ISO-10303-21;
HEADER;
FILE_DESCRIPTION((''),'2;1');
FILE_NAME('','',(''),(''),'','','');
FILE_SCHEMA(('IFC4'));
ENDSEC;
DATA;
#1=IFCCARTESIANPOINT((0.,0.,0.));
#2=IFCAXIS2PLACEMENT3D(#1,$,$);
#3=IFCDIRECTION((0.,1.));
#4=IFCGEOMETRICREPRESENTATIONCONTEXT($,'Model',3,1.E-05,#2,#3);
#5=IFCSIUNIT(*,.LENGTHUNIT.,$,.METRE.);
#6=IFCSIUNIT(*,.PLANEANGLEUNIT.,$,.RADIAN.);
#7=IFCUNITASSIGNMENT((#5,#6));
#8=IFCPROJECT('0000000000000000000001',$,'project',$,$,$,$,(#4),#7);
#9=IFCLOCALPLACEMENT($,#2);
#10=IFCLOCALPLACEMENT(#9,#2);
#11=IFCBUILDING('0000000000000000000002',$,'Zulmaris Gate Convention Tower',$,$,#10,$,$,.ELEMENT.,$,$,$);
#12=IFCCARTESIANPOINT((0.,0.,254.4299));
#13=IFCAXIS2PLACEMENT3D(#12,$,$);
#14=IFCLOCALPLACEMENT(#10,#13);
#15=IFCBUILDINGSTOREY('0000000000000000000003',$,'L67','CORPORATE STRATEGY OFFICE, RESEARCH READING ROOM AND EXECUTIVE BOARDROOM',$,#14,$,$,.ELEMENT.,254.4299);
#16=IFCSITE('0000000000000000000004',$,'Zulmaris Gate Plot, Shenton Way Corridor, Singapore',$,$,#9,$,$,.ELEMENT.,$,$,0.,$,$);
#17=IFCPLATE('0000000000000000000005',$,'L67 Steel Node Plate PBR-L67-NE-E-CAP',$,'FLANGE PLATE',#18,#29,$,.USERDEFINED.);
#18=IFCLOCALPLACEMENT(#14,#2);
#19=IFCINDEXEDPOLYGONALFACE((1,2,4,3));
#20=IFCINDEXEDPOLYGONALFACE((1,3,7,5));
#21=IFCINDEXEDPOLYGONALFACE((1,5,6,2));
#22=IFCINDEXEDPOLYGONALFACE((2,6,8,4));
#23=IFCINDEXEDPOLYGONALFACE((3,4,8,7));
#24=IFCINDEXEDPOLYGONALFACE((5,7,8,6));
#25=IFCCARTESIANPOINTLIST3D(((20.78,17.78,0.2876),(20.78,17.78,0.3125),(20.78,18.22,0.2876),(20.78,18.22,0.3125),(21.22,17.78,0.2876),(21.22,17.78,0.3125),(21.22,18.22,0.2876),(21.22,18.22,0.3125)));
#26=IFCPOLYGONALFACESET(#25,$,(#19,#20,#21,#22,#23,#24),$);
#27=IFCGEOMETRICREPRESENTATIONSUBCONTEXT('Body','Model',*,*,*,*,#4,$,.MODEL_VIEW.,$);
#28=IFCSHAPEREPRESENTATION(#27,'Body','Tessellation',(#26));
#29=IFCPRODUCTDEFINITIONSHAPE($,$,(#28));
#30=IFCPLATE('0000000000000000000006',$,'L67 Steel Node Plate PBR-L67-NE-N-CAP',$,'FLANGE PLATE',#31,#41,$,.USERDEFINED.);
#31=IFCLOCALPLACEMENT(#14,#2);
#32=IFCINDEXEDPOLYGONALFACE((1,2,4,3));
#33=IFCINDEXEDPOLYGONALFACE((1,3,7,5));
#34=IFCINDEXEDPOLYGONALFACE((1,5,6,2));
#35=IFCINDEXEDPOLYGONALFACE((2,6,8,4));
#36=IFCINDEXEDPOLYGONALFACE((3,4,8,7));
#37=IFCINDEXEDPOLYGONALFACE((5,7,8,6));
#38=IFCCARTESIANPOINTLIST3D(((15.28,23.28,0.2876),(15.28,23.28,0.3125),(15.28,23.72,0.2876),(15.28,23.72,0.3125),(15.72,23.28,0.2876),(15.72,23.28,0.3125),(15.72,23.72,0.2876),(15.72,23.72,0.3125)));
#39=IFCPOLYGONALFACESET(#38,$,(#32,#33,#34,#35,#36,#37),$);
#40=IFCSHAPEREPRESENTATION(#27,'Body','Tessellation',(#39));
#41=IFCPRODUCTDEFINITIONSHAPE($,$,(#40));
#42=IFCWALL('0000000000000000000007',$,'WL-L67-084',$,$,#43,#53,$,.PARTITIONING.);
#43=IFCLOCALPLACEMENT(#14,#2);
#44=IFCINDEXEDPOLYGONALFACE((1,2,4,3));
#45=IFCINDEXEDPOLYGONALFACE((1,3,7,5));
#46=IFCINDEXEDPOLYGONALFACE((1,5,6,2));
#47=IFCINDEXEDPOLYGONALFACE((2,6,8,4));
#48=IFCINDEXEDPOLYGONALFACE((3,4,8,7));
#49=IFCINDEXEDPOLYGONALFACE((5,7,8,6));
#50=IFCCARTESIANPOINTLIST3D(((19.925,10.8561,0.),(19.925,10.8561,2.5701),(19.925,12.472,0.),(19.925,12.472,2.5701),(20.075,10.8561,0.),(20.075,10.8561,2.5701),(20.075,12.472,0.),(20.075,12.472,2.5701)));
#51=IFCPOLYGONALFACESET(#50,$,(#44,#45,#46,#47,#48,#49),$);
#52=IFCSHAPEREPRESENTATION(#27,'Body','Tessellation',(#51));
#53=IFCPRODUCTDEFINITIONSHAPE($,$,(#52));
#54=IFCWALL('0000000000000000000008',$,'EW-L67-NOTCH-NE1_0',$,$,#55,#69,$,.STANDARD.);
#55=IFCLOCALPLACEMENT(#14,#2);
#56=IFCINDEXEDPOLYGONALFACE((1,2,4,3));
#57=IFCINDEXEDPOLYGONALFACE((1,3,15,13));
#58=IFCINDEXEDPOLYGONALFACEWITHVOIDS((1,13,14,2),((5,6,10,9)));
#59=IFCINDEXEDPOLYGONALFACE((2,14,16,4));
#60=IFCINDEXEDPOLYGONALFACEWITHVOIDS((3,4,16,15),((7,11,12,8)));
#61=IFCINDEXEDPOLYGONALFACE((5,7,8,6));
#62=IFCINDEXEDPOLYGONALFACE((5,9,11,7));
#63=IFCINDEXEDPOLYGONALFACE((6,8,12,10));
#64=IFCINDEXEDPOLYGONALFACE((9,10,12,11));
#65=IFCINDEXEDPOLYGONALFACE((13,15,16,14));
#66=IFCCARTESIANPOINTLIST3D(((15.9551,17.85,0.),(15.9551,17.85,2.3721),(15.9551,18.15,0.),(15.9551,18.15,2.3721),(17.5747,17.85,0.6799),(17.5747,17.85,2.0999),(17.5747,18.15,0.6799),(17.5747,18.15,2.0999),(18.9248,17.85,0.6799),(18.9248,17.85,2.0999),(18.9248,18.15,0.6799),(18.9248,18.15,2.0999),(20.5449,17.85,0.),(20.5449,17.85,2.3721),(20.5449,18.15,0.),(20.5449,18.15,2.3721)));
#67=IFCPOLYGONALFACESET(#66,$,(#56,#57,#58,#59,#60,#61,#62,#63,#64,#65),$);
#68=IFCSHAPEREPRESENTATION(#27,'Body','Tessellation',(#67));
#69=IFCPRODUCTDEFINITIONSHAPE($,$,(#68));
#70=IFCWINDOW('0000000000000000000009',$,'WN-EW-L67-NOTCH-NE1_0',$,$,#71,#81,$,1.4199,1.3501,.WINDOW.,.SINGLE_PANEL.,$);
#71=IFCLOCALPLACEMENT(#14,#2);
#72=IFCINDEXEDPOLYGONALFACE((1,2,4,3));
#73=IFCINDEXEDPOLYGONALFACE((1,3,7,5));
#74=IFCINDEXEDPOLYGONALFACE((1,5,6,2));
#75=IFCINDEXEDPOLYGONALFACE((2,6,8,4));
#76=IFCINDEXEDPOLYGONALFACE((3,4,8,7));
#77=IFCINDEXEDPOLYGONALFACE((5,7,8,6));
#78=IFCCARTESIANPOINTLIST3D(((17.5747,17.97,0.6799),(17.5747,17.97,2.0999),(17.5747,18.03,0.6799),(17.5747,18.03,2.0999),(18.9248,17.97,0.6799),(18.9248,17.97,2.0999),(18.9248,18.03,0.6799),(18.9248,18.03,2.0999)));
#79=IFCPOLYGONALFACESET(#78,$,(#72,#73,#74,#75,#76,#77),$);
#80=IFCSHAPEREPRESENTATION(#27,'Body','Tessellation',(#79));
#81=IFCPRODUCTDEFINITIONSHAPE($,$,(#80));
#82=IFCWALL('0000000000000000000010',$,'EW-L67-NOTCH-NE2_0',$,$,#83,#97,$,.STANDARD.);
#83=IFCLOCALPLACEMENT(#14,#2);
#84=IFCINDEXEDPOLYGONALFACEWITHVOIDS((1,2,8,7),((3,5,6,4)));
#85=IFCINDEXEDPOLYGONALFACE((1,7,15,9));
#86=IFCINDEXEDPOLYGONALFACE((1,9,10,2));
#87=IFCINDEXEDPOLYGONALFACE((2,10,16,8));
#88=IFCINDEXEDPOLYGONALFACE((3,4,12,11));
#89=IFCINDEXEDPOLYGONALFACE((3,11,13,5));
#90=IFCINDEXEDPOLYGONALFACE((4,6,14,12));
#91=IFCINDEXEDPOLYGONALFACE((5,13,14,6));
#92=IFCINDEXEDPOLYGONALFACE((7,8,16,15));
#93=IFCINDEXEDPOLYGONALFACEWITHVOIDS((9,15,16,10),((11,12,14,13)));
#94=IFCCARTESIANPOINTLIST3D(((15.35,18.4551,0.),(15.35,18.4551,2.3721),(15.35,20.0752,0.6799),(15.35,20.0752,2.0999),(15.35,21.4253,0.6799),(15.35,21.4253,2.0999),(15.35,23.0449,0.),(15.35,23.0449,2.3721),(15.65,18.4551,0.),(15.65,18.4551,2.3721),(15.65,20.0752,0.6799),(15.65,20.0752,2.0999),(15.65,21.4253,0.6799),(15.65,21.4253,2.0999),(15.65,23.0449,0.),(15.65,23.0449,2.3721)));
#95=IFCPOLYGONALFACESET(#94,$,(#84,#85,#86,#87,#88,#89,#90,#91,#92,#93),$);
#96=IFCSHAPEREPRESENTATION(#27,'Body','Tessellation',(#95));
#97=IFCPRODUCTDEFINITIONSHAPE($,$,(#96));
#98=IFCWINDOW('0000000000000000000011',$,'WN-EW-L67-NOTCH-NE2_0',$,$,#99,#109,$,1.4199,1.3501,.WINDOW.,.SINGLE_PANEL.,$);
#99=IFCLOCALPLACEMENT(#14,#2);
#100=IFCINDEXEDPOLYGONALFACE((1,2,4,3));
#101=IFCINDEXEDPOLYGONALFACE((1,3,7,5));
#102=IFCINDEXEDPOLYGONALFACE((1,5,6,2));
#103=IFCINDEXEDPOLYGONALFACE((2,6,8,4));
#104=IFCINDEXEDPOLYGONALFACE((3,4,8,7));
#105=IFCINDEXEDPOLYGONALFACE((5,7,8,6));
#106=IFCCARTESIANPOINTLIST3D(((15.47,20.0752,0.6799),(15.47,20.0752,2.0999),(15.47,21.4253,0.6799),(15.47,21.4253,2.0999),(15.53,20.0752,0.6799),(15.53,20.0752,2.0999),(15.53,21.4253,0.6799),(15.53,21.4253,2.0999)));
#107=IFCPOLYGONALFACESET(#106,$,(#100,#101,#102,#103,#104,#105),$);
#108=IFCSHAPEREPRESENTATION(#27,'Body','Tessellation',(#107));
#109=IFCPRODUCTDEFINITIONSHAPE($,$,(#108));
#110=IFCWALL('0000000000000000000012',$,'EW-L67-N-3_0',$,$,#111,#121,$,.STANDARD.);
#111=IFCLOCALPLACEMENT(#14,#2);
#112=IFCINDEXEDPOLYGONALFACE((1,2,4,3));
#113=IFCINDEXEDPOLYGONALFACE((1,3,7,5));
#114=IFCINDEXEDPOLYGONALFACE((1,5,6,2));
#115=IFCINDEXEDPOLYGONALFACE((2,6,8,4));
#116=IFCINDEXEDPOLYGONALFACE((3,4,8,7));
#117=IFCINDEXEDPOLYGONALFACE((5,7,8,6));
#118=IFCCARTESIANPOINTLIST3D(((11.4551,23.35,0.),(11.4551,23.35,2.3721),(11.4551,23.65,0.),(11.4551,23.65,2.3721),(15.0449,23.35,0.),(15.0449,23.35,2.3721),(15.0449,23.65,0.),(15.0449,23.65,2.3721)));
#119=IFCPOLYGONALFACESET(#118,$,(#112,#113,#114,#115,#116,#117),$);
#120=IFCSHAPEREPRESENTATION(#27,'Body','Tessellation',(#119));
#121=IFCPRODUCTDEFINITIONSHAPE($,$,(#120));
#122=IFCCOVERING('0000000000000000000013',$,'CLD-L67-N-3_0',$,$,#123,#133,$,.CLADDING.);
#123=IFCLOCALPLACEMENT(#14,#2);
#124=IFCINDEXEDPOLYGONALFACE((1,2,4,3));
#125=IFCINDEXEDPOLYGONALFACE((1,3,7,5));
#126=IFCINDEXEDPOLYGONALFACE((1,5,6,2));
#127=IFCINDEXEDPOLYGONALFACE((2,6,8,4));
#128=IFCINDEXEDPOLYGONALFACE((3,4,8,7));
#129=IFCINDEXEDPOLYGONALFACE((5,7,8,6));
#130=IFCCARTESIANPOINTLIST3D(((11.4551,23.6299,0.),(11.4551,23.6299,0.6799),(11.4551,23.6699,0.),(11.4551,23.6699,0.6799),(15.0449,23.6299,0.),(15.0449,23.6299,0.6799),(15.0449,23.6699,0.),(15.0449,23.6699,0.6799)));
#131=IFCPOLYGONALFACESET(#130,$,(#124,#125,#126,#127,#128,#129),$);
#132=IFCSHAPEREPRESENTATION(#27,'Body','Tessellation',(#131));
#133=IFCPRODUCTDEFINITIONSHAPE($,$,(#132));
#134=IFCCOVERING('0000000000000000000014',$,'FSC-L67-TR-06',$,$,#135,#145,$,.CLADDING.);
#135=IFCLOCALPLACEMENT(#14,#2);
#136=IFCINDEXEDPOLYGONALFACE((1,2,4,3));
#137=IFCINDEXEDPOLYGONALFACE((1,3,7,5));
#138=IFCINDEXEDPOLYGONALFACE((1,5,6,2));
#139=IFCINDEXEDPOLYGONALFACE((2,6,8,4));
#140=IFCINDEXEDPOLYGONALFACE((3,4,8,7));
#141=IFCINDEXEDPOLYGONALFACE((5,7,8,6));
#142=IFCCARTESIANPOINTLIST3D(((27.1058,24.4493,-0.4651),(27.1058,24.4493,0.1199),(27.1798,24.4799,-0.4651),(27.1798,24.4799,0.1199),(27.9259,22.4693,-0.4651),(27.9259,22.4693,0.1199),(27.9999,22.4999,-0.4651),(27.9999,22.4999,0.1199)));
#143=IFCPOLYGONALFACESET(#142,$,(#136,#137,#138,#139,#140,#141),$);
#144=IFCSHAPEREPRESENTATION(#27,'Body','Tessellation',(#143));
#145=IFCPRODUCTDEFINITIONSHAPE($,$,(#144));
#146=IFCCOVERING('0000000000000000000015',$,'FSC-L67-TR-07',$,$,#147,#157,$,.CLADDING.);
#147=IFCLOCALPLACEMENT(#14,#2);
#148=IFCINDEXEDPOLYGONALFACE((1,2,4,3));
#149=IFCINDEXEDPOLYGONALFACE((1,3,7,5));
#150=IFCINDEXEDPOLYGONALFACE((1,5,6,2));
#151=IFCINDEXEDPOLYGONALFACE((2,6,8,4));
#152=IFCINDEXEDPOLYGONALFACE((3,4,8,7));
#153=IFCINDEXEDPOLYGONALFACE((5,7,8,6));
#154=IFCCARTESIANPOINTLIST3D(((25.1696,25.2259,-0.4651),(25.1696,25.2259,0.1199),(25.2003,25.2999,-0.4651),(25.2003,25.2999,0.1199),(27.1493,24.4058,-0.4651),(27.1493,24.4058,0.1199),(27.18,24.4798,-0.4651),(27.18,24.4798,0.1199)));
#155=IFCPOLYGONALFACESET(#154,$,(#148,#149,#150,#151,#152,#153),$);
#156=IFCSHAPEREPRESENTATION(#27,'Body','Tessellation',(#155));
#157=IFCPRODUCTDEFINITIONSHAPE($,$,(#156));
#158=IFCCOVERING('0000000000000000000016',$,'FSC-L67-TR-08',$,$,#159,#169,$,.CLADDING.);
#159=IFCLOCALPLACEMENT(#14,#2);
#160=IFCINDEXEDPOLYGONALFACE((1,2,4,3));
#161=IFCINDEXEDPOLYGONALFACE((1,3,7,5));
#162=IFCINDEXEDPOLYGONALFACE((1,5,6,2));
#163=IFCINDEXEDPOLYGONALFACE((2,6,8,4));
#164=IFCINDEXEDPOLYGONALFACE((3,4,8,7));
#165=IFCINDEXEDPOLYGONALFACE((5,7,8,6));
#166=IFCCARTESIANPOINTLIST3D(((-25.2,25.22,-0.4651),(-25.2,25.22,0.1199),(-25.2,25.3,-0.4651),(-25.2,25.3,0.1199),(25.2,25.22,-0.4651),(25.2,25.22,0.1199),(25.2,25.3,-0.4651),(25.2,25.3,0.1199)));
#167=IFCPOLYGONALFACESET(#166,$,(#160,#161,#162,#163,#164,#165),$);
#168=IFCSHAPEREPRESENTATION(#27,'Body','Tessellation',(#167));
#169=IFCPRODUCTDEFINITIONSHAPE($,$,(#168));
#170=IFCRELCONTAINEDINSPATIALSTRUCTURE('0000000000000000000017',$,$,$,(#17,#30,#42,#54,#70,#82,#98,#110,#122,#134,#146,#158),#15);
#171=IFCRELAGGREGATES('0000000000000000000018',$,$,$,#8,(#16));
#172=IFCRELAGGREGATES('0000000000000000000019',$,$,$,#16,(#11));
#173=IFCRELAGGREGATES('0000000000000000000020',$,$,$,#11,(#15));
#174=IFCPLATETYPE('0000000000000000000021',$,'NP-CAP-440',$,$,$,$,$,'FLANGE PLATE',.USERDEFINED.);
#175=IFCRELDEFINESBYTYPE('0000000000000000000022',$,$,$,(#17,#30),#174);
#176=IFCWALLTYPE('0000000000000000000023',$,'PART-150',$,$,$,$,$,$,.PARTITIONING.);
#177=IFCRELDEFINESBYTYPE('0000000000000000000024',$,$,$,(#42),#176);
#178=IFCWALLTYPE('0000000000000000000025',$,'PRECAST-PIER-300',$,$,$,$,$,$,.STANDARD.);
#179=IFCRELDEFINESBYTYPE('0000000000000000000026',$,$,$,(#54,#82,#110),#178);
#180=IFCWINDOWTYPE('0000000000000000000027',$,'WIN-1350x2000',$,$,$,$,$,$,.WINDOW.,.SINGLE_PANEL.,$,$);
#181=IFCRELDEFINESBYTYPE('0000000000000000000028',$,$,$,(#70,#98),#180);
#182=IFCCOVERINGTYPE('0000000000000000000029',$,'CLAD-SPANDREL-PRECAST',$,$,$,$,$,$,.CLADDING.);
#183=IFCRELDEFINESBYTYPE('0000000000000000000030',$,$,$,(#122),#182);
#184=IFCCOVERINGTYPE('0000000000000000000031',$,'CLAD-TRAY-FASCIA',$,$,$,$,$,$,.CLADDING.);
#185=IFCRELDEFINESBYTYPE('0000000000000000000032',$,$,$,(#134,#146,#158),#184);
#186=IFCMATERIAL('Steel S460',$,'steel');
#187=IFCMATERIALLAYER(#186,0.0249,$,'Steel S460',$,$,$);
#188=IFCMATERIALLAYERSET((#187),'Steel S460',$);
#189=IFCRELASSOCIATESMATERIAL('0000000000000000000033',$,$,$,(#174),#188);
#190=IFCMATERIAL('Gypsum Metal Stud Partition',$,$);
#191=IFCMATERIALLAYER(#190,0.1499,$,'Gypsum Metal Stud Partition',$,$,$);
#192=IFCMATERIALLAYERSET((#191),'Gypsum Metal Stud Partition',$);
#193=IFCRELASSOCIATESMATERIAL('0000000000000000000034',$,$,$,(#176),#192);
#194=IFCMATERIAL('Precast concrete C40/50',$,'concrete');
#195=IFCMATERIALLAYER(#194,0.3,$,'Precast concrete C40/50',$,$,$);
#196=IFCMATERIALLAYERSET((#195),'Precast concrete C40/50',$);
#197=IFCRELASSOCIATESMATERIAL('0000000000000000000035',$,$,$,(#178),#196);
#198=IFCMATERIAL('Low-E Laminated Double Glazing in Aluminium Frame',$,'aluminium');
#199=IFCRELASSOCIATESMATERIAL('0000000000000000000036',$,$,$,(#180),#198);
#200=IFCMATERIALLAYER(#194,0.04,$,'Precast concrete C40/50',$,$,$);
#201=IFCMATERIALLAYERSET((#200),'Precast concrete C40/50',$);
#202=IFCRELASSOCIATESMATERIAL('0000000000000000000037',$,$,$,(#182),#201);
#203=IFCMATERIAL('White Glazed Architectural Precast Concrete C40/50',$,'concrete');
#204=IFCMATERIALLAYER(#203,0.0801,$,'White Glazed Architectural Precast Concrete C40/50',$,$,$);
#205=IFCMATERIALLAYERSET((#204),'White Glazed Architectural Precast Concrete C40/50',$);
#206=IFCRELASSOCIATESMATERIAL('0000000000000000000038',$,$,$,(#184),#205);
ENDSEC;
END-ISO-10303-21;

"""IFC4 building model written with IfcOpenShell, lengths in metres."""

from ifc_helpers import new_model, si_unit, direction, frame, frame_2d, origin, origin_2d, place, context, subcontext, project, spatial, rectangle, extrude, material, layer, layer_set, type_object, element, fill, save


model = new_model("IFC4")

# Units and contexts
model_context = context("Model", 3, precision=1e-05, world=origin(), true_north=direction((0.0, 1.0)))
body_context = subcontext(model_context, "Body", "Model", "MODEL_VIEW")
ifc_project = project(units=[si_unit("LENGTHUNIT", "METRE"), si_unit("PLANEANGLEUNIT", "RADIAN")], contexts=[model_context])

# Site, building, storey
site_placement = place(None, origin())
site = spatial("IfcSite", under=ifc_project, at=site_placement, Name="Zulmaris Gate Plot, Shenton Way Corridor, Singapore", CompositionType="ELEMENT", RefElevation=0.0)
building_placement = place(site_placement, origin())
building = spatial("IfcBuilding", under=site, at=building_placement, Name="Zulmaris Gate Convention Tower", CompositionType="ELEMENT")
storey_placement = place(building_placement, frame((0.0, 0.0, 254.4299)))
storey = spatial("IfcBuildingStorey", under=building, at=storey_placement, Name="L67", Description="CORPORATE STRATEGY OFFICE, RESEARCH READING ROOM AND EXECUTIVE BOARDROOM", CompositionType="ELEMENT", Elevation=254.4299)

# Plates
ifc_material_1 = material(Name="Steel S460", Category="steel")
ifc_layer_1 = layer(ifc_material_1, 0.0249, Name="Steel S460")
ifc_layer_set_1 = layer_set([ifc_layer_1], Name="Steel S460")
plate_type = type_object("IfcPlateType", Name="NP-CAP-440", ElementType="FLANGE PLATE", PredefinedType="USERDEFINED", material=ifc_layer_set_1)
for number, where, z_axis, x_axis, name in (
    (1, (21.0, 18.0, 0.2876), (0.0, 0.0, 1.0), (1.0, 0.0, 0.0), "L67 Steel Node Plate PBR-L67-NE-E-CAP"),
    (2, (15.5, 23.5, 0.2876), (0.0, 0.0, 1.0), (1.0, 0.0, 0.0), "L67 Steel Node Plate PBR-L67-NE-N-CAP"),
):
    element("IfcPlate", number, at=place(storey_placement, frame(where, z_axis=z_axis, x_axis=x_axis)), inside=storey, type_object=plate_type, Name=name, ObjectType="FLANGE PLATE", PredefinedType="USERDEFINED", context=body_context, shape_type="SweptSolid", body=[
        extrude(rectangle(XDim=0.4399, YDim=0.4399, at=origin_2d()), origin(), (0.0, 0.0, 1.0), 0.0249),
    ])

# Wall
ifc_material_2 = material(Name="Gypsum Metal Stud Partition")
ifc_layer_2 = layer(ifc_material_2, 0.1499, Name="Gypsum Metal Stud Partition")
ifc_layer_set_2 = layer_set([ifc_layer_2], Name="Gypsum Metal Stud Partition")
wall_type_1 = type_object("IfcWallType", Name="PART-150", PredefinedType="PARTITIONING", material=ifc_layer_set_2)
wall_1_placement = place(storey_placement, frame((20.0, 10.856, 0.0), z_axis=(0.0, 0.0, 1.0), x_axis=(0.0, 1.0, 0.0)))
element("IfcWall", 3, at=wall_1_placement, inside=storey, type_object=wall_type_1, Name="WL-L67-084", PredefinedType="PARTITIONING", context=body_context, shape_type="SweptSolid", body=[
    extrude(rectangle(XDim=1.616, YDim=0.1499, at=frame_2d((0.8081, 0.0))), origin(), (0.0, 0.0, 1.0), 2.5701),
])

# Walls, openings, windows
ifc_material_3 = material(Name="Precast concrete C40/50", Category="concrete")
ifc_layer_3 = layer(ifc_material_3, 0.3, Name="Precast concrete C40/50")
ifc_layer_set_3 = layer_set([ifc_layer_3], Name="Precast concrete C40/50")
wall_type_2 = type_object("IfcWallType", Name="PRECAST-PIER-300", PredefinedType="STANDARD", material=ifc_layer_set_3)
wall_2_placement = place(storey_placement, frame((20.5449, 18.0, 0.0), z_axis=(0.0, 0.0, 1.0), x_axis=(-1.0, 0.0, 0.0)))
wall_2 = element("IfcWall", 4, at=wall_2_placement, inside=storey, type_object=wall_type_2, Name="EW-L67-NOTCH-NE1_0", PredefinedType="STANDARD", context=body_context, shape_type="SweptSolid", body=[
    extrude(rectangle(XDim=4.5898, YDim=0.3, at=frame_2d((2.2949, 0.0))), origin(), (0.0, 0.0, 1.0), 2.3721),
])
opening_1_placement = place(wall_2_placement, frame((1.6201, 0.0, 0.6799)))
opening_1 = element("IfcOpeningElement", 5, at=opening_1_placement, cuts=wall_2, PredefinedType="OPENING", context=body_context, shape_type="SweptSolid", body=[
    extrude(rectangle(XDim=1.3501, YDim=1.4199, at=frame_2d((0.675, 0.71))), frame((0.0, 0.1602, 0.0), z_axis=(0.0, -1.0, 0.0), x_axis=(1.0, 0.0, 0.0)), (0.0, 0.0, 1.0), 0.3201),
])
ifc_material_4 = material(Name="Low-E Laminated Double Glazing in Aluminium Frame", Category="aluminium")
window_type = type_object("IfcWindowType", Name="WIN-1350x2000", PartitioningType="SINGLE_PANEL", PredefinedType="WINDOW", material=ifc_material_4)
window_1_placement = place(opening_1_placement, origin())
window_1 = element("IfcWindow", 6, at=window_1_placement, inside=storey, type_object=window_type, Name="WN-EW-L67-NOTCH-NE1_0", OverallHeight=1.4199, OverallWidth=1.3501, PartitioningType="SINGLE_PANEL", PredefinedType="WINDOW", context=body_context, shape_type="SweptSolid", body=[
    extrude(rectangle(XDim=1.3501, YDim=1.4199, at=frame_2d((0.675, 0.71))), frame((0.0, 0.03, 0.0), z_axis=(0.0, -1.0, 0.0), x_axis=(1.0, 0.0, 0.0)), (0.0, 0.0, 1.0), 0.0601),
])
fill(opening_1, window_1)
wall_3_placement = place(storey_placement, frame((15.5, 18.4551, 0.0), z_axis=(0.0, 0.0, 1.0), x_axis=(0.0, 1.0, 0.0)))
wall_3 = element("IfcWall", 7, at=wall_3_placement, inside=storey, type_object=wall_type_2, Name="EW-L67-NOTCH-NE2_0", PredefinedType="STANDARD", context=body_context, shape_type="SweptSolid", body=[
    extrude(rectangle(XDim=4.5898, YDim=0.3, at=frame_2d((2.2949, 0.0))), origin(), (0.0, 0.0, 1.0), 2.3721),
])
opening_2_placement = place(wall_3_placement, frame((1.6201, 0.0, 0.6799)))
opening_2 = element("IfcOpeningElement", 8, at=opening_2_placement, cuts=wall_3, PredefinedType="OPENING", context=body_context, shape_type="SweptSolid", body=[
    extrude(rectangle(XDim=1.3501, YDim=1.4199, at=frame_2d((0.675, 0.71))), frame((0.0, 0.1602, 0.0), z_axis=(0.0, -1.0, 0.0), x_axis=(1.0, 0.0, 0.0)), (0.0, 0.0, 1.0), 0.3201),
])
window_2_placement = place(opening_2_placement, origin())
window_2 = element("IfcWindow", 9, at=window_2_placement, inside=storey, type_object=window_type, Name="WN-EW-L67-NOTCH-NE2_0", OverallHeight=1.4199, OverallWidth=1.3501, PartitioningType="SINGLE_PANEL", PredefinedType="WINDOW", context=body_context, shape_type="SweptSolid", body=[
    extrude(rectangle(XDim=1.3501, YDim=1.4199, at=frame_2d((0.675, 0.71))), frame((0.0, 0.03, 0.0), z_axis=(0.0, -1.0, 0.0), x_axis=(1.0, 0.0, 0.0)), (0.0, 0.0, 1.0), 0.0601),
])
fill(opening_2, window_2)

# Wall
wall_4_placement = place(storey_placement, frame((15.0449, 23.5, 0.0), z_axis=(0.0, 0.0, 1.0), x_axis=(-1.0, 0.0, 0.0)))
element("IfcWall", 10, at=wall_4_placement, inside=storey, type_object=wall_type_2, Name="EW-L67-N-3_0", PredefinedType="STANDARD", context=body_context, shape_type="SweptSolid", body=[
    extrude(rectangle(XDim=3.5898, YDim=0.3, at=frame_2d((1.7949, 0.0))), origin(), (0.0, 0.0, 1.0), 2.3721),
])

# Coverings
ifc_layer_4 = layer(ifc_material_3, 0.04, Name="Precast concrete C40/50")
ifc_layer_set_4 = layer_set([ifc_layer_4], Name="Precast concrete C40/50")
covering_type_1 = type_object("IfcCoveringType", Name="CLAD-SPANDREL-PRECAST", PredefinedType="CLADDING", material=ifc_layer_set_4)
covering_1_placement = place(storey_placement, frame((15.0449, 23.6499, 0.0), z_axis=(0.0, 0.0, 1.0), x_axis=(-1.0, 0.0, 0.0)))
element("IfcCovering", 11, at=covering_1_placement, inside=storey, type_object=covering_type_1, Name="CLD-L67-N-3_0", PredefinedType="CLADDING", context=body_context, shape_type="SweptSolid", body=[
    extrude(rectangle(XDim=3.5898, YDim=0.04, at=frame_2d((1.7949, 0.0))), origin(), (0.0, 0.0, 1.0), 0.6799),
])
ifc_material_5 = material(Name="White Glazed Architectural Precast Concrete C40/50", Category="concrete")
ifc_layer_5 = layer(ifc_material_5, 0.0801, Name="White Glazed Architectural Precast Concrete C40/50")
ifc_layer_set_5 = layer_set([ifc_layer_5], Name="White Glazed Architectural Precast Concrete C40/50")
covering_type_2 = type_object("IfcCoveringType", Name="CLAD-TRAY-FASCIA", PredefinedType="CLADDING", material=ifc_layer_set_5)
covering_2_placement = place(storey_placement, frame((27.9629, 22.4846, -0.4651), z_axis=(0.0, 0.0, 1.0), x_axis=(-0.382657, 0.92389, 0.0)))
element("IfcCovering", 12, at=covering_2_placement, inside=storey, type_object=covering_type_2, Name="FSC-L67-TR-06", PredefinedType="CLADDING", context=body_context, shape_type="SweptSolid", body=[
    extrude(rectangle(XDim=2.1431, YDim=0.0801, at=frame_2d((1.0715, 0.0))), origin(), (0.0, 0.0, 1.0), 0.585),
])
covering_3_placement = place(storey_placement, frame((27.1646, 24.4429, -0.4651), z_axis=(0.0, 0.0, 1.0), x_axis=(-0.923874, 0.382697, 0.0)))
element("IfcCovering", 13, at=covering_3_placement, inside=storey, type_object=covering_type_2, Name="FSC-L67-TR-07", PredefinedType="CLADDING", context=body_context, shape_type="SweptSolid", body=[
    extrude(rectangle(XDim=2.1428, YDim=0.0801, at=frame_2d((1.0713, 0.0))), origin(), (0.0, 0.0, 1.0), 0.585),
])
covering_4_placement = place(storey_placement, frame((25.2, 25.26, -0.4651), z_axis=(0.0, 0.0, 1.0), x_axis=(-1.0, 0.0, 0.0)))
element("IfcCovering", 14, at=covering_4_placement, inside=storey, type_object=covering_type_2, Name="FSC-L67-TR-08", PredefinedType="CLADDING", context=body_context, shape_type="SweptSolid", body=[
    extrude(rectangle(XDim=50.3999, YDim=0.0801, at=frame_2d((25.2, 0.0))), origin(), (0.0, 0.0, 1.0), 0.585),
])

save(model, "model.ifc")
